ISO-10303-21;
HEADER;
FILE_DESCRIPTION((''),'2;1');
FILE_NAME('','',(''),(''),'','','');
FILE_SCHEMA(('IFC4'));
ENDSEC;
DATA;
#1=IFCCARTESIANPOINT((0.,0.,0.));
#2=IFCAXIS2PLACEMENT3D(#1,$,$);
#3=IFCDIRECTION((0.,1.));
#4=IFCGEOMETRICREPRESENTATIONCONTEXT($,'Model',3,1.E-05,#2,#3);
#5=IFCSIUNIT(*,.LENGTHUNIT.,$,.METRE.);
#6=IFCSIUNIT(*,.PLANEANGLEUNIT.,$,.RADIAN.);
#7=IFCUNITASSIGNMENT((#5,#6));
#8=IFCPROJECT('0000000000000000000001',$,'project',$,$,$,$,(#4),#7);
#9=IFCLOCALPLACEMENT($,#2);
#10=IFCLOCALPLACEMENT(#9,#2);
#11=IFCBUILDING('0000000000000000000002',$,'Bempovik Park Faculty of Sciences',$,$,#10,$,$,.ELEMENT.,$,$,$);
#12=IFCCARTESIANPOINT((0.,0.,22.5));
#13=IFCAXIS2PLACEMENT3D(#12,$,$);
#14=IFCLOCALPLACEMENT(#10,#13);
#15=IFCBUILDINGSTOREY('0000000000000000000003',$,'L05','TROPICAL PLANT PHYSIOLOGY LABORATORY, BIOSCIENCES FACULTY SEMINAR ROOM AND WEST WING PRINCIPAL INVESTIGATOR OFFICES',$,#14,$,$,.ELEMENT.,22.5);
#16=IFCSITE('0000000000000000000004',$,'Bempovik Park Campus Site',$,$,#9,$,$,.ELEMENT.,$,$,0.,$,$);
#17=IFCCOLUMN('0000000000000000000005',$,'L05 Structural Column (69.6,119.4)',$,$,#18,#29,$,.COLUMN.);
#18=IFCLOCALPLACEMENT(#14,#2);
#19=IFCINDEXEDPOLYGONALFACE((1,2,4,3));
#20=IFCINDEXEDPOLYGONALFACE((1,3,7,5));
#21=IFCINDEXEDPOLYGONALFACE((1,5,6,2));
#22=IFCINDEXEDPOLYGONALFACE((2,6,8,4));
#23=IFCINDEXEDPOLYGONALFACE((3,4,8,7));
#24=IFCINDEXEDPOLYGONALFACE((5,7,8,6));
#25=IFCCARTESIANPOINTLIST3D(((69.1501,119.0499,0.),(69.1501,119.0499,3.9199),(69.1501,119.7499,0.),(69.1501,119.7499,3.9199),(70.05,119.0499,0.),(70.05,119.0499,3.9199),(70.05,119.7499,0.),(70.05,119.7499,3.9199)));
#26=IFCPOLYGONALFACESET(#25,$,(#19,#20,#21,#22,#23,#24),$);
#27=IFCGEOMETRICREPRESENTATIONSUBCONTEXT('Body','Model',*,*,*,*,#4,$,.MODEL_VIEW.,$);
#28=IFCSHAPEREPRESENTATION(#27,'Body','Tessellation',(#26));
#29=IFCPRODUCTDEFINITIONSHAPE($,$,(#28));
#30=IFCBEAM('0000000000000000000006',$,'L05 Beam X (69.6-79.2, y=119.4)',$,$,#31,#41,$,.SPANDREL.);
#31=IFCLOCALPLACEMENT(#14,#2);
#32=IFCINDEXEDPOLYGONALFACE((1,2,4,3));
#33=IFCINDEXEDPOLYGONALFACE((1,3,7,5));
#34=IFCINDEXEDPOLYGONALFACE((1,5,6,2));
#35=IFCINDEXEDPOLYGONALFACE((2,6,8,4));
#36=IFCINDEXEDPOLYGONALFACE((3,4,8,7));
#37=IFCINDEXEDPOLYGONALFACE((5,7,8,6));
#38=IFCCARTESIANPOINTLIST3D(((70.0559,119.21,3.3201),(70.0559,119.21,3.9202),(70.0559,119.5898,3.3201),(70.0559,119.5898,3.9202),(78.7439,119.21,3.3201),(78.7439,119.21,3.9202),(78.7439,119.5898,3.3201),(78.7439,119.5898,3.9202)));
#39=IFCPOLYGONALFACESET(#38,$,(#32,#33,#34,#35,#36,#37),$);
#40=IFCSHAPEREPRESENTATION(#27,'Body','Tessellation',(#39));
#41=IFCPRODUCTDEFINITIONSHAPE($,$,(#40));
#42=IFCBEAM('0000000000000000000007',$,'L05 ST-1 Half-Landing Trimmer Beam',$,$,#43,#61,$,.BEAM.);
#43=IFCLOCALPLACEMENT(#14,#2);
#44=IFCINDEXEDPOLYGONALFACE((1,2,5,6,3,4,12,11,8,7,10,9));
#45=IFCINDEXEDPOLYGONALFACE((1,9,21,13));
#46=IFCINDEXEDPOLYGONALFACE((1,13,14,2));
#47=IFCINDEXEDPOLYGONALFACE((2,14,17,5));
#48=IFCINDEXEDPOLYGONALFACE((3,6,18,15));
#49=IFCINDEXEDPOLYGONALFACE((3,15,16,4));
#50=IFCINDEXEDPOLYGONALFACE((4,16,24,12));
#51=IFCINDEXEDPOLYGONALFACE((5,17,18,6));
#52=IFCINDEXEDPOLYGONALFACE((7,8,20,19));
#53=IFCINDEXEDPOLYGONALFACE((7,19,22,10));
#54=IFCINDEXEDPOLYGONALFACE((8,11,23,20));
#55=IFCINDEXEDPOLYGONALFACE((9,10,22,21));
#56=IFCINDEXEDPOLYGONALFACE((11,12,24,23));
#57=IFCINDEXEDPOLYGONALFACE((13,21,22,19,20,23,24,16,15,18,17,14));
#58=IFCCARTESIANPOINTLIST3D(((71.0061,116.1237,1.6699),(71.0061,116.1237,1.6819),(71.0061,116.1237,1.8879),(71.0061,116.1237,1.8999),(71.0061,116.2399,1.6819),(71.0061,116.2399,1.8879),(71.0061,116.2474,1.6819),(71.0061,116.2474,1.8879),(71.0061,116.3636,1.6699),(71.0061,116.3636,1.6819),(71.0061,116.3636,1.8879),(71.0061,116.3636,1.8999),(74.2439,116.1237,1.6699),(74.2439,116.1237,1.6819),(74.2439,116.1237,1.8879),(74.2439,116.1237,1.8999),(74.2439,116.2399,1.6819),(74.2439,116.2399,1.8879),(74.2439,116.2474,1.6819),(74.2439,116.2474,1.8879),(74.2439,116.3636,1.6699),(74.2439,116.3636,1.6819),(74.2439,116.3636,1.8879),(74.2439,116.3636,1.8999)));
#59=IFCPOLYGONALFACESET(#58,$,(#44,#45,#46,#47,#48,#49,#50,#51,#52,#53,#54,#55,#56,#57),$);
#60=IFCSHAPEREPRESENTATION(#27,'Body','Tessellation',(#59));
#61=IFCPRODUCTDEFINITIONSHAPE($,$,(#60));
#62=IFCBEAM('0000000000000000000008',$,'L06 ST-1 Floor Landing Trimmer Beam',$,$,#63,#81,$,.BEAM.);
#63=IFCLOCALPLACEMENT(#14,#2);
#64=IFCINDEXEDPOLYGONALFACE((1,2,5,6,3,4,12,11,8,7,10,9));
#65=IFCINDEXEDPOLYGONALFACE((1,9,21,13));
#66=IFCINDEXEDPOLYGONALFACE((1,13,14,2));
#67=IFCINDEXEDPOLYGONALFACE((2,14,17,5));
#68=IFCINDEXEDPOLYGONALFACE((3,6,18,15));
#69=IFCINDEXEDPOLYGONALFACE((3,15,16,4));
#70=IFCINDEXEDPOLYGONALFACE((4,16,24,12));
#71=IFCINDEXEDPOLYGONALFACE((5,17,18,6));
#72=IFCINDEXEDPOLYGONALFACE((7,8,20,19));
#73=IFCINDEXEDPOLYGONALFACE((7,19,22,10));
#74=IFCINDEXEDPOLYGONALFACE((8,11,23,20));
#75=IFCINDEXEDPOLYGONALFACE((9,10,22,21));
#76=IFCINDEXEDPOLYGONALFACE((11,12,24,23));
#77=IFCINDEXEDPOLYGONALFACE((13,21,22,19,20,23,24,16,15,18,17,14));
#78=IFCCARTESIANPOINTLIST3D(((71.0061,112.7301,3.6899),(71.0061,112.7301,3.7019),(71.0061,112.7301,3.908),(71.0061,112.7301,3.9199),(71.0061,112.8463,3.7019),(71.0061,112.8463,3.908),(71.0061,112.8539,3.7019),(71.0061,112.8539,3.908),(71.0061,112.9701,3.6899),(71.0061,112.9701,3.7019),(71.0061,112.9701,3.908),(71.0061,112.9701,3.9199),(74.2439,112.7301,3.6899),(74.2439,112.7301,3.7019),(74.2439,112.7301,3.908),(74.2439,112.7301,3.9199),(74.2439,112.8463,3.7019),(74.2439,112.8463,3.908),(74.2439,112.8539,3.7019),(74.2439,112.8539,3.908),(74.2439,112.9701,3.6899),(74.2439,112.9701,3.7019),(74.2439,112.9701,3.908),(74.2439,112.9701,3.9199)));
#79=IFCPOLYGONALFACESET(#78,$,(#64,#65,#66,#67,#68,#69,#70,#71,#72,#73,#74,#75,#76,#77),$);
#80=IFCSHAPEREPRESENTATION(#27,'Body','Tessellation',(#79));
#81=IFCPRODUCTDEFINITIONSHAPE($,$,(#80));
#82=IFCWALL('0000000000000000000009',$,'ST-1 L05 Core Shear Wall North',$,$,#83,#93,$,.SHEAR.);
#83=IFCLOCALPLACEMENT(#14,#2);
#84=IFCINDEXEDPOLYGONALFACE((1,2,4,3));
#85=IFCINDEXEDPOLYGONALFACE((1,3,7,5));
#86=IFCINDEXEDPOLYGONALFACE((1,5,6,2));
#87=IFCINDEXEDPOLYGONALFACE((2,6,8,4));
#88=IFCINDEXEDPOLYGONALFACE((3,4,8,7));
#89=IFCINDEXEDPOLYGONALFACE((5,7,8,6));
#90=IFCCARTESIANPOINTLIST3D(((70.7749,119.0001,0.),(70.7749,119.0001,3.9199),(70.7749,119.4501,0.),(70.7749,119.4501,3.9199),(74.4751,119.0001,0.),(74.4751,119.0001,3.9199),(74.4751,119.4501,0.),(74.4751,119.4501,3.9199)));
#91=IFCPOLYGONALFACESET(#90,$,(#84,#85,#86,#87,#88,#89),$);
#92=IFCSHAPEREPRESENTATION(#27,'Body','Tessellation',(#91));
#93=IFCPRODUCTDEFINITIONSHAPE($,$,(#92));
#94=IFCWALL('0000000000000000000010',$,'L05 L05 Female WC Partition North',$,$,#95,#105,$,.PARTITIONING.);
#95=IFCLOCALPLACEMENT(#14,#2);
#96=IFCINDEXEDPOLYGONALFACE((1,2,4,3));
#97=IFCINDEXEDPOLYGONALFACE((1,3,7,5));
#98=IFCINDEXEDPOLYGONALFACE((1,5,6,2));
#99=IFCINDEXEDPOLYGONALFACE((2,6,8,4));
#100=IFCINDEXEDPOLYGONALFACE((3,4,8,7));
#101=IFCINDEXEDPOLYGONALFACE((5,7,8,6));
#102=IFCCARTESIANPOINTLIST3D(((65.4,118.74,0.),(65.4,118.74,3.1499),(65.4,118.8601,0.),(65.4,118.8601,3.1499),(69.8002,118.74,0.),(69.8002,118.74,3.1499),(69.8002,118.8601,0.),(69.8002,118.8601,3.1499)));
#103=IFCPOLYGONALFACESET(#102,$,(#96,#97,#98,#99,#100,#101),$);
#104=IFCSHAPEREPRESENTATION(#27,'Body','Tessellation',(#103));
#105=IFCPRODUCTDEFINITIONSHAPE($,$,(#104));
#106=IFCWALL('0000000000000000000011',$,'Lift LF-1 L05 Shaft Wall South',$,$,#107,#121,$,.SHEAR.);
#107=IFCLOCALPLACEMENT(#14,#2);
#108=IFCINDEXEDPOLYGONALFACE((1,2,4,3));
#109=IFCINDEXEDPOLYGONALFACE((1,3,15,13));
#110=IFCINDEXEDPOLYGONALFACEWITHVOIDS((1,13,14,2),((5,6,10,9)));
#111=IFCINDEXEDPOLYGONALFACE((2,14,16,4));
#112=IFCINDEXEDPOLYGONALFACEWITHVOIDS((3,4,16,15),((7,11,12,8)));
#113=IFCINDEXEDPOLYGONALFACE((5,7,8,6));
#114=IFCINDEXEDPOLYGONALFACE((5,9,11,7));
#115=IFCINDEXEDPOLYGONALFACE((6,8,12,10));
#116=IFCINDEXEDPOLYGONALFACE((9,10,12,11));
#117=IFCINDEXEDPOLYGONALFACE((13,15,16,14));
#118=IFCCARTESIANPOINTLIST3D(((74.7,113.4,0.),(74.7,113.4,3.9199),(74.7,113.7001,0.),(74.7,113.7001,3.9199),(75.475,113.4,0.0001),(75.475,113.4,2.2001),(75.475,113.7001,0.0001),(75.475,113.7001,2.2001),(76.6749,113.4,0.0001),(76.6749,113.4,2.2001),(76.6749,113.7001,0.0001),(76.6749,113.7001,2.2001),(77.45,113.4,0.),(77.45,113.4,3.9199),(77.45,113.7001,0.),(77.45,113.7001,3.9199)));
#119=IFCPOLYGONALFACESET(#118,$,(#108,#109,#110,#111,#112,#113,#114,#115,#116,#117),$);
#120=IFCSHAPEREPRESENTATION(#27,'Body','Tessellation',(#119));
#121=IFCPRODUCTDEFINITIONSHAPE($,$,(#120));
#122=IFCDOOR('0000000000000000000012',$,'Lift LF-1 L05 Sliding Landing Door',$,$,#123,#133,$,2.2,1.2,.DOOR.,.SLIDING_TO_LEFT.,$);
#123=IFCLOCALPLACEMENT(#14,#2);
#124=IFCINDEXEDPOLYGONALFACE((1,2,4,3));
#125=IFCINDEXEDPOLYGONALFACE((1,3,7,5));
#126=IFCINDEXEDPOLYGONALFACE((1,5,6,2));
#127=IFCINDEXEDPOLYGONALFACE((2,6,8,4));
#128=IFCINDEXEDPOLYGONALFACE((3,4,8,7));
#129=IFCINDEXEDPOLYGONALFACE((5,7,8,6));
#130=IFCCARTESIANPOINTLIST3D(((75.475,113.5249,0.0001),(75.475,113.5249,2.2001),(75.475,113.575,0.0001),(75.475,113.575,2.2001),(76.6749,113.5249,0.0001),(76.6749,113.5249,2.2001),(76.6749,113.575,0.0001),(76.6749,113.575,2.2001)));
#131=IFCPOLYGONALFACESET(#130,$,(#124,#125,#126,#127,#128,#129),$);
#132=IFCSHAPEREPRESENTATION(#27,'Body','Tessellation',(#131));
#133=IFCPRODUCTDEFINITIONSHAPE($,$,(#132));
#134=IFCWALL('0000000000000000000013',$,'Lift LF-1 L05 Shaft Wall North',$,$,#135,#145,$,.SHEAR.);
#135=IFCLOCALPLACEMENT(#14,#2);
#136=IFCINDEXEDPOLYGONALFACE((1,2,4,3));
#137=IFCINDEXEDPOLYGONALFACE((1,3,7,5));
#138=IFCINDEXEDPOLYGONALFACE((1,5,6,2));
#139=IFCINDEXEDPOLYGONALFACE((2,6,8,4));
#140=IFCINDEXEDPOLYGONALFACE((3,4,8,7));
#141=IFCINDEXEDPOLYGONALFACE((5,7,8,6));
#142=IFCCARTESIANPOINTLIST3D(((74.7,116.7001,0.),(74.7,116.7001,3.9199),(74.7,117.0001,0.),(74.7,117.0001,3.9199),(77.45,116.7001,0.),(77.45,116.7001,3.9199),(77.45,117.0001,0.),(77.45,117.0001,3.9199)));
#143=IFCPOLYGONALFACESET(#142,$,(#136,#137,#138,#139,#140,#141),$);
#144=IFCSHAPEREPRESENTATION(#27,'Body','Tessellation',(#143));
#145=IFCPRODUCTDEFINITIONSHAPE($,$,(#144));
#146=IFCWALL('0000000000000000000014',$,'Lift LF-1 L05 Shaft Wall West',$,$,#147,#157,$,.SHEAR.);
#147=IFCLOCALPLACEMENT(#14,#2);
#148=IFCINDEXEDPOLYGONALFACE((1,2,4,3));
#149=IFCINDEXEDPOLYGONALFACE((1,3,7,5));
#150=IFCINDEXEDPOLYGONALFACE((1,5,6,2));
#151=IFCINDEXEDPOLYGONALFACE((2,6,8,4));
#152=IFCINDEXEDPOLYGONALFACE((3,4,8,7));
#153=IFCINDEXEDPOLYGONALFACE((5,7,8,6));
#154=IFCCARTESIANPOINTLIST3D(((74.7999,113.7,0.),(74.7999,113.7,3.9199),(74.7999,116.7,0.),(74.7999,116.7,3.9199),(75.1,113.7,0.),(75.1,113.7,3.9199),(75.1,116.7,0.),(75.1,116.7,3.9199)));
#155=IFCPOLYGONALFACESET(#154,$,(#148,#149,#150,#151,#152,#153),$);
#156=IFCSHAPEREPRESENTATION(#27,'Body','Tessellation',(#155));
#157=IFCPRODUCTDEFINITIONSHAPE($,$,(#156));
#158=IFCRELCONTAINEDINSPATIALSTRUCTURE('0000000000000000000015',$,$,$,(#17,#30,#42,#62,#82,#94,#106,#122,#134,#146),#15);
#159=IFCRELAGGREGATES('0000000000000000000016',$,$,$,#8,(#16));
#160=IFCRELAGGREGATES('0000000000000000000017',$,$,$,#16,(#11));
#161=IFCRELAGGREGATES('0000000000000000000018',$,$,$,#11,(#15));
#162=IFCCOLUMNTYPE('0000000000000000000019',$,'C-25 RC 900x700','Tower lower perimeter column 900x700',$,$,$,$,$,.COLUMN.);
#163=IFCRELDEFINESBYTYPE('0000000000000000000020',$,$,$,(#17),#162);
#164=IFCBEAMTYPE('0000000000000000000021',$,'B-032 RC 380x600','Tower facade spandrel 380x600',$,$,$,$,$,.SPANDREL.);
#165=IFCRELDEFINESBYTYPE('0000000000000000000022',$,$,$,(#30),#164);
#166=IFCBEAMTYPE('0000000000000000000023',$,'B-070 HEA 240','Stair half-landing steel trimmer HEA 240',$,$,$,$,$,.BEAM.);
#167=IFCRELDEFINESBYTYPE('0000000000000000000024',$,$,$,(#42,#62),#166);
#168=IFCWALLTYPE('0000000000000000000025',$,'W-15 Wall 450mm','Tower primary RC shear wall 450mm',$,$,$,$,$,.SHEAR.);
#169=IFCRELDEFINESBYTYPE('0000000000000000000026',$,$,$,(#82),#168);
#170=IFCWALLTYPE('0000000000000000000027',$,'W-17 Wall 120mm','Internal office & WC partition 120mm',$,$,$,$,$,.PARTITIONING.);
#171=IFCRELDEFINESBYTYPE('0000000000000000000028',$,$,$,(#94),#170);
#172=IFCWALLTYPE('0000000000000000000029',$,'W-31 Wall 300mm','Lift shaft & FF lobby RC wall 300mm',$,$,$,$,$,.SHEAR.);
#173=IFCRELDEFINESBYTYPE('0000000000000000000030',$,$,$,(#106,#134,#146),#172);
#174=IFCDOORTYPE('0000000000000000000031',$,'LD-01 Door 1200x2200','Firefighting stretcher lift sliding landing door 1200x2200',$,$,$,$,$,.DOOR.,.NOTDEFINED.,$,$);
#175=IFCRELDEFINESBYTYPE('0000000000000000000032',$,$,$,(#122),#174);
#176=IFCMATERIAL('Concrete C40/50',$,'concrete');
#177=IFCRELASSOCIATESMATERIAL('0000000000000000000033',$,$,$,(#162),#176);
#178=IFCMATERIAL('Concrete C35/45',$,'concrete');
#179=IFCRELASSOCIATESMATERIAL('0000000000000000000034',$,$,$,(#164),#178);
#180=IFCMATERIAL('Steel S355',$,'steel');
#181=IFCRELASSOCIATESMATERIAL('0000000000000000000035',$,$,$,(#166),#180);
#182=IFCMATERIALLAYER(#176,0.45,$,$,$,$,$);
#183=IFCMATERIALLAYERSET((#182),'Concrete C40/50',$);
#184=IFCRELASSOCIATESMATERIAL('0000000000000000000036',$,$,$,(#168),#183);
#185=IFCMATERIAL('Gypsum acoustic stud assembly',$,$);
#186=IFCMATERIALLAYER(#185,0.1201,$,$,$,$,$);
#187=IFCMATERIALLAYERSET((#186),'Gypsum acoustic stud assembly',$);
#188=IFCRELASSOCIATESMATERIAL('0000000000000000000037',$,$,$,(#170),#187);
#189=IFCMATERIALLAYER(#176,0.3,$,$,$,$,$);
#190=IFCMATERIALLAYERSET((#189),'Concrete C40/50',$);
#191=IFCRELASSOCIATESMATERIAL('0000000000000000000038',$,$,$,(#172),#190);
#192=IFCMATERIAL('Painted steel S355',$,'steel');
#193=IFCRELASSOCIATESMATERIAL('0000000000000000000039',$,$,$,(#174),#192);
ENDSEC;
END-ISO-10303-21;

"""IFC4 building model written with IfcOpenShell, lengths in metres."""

from ifc_helpers import new_model, si_unit, direction, frame, frame_2d, origin, origin_2d, place, context, subcontext, project, spatial, rectangle, i_section, extrude, material, layer, layer_set, material_profile, profile_set, type_object, element, fill, save


model = new_model("IFC4")

# Units and contexts
model_context = context("Model", 3, precision=1e-05, world=origin(), true_north=direction((0.0, 1.0)))
body_context = subcontext(model_context, "Body", "Model", "MODEL_VIEW")
ifc_project = project(units=[si_unit("LENGTHUNIT", "METRE"), si_unit("PLANEANGLEUNIT", "RADIAN")], contexts=[model_context])

# Site, building, storey
site_placement = place(None, origin())
site = spatial("IfcSite", under=ifc_project, at=site_placement, Name="Bempovik Park Campus Site", CompositionType="ELEMENT", RefElevation=0.0)
building_placement = place(site_placement, origin())
building = spatial("IfcBuilding", under=site, at=building_placement, Name="Bempovik Park Faculty of Sciences", CompositionType="ELEMENT")
storey_placement = place(building_placement, frame((0.0, 0.0, 22.5)))
storey = spatial("IfcBuildingStorey", under=building, at=storey_placement, Name="L05", Description="TROPICAL PLANT PHYSIOLOGY LABORATORY, BIOSCIENCES FACULTY SEMINAR ROOM AND WEST WING PRINCIPAL INVESTIGATOR OFFICES", CompositionType="ELEMENT", Elevation=22.5)

# Column
ifc_material_1 = material(Name="Concrete C40/50", Category="concrete")
ifc_material_profile_1 = material_profile(ifc_material_1, rectangle(XDim=0.8999, YDim=0.7, at=origin_2d()), Name="RC 900x700")
ifc_profile_set_1 = profile_set([ifc_material_profile_1], Name="Concrete C40/50")
column_type = type_object("IfcColumnType", Name="C-25 RC 900x700", Description="Tower lower perimeter column 900x700", PredefinedType="COLUMN", material=ifc_profile_set_1)
column_placement = place(storey_placement, frame((69.6001, 119.3999, 0.0), z_axis=(0.0, 0.0, 1.0), x_axis=(1.0, 0.0, 0.0)))
element("IfcColumn", 1, at=column_placement, inside=storey, type_object=column_type, Name="L05 Structural Column (69.6,119.4)", PredefinedType="COLUMN", context=body_context, shape_type="SweptSolid", body=[
    extrude(rectangle(XDim=0.8999, YDim=0.7, at=origin_2d()), origin(), (0.0, 0.0, 1.0), 3.9199),
])

# Beams
ifc_material_2 = material(Name="Concrete C35/45", Category="concrete")
ifc_material_profile_2 = material_profile(ifc_material_2, rectangle(XDim=0.3799, YDim=0.6001, at=origin_2d()), Name="RC 380x600")
ifc_profile_set_2 = profile_set([ifc_material_profile_2], Name="Concrete C35/45")
beam_type_1 = type_object("IfcBeamType", Name="B-032 RC 380x600", Description="Tower facade spandrel 380x600", PredefinedType="SPANDREL", material=ifc_profile_set_2)
beam_placement = place(storey_placement, frame((70.0559, 119.3999, 3.6201), z_axis=(1.0, 0.0, 0.0), x_axis=(0.0, 1.0, 0.0)))
element("IfcBeam", 2, at=beam_placement, inside=storey, type_object=beam_type_1, Name="L05 Beam X (69.6-79.2, y=119.4)", PredefinedType="SPANDREL", context=body_context, shape_type="SweptSolid", body=[
    extrude(rectangle(XDim=0.3799, YDim=0.6001, at=origin_2d()), origin(), (0.0, 0.0, 1.0), 8.688),
])
ifc_material_3 = material(Name="Steel S355", Category="steel")
ifc_material_profile_3 = material_profile(ifc_material_3, i_section(OverallWidth=0.24, OverallDepth=0.23, WebThickness=0.0076, FlangeThickness=0.012, at=origin_2d()), Name="HEA 240")
ifc_profile_set_3 = profile_set([ifc_material_profile_3], Name="Steel S355")
beam_type_2 = type_object("IfcBeamType", Name="B-070 HEA 240", Description="Stair half-landing steel trimmer HEA 240", PredefinedType="BEAM", material=ifc_profile_set_3)
for number, where, z_axis, x_axis, name in (
    (3, (71.0061, 116.2437, 1.7849), (1.0, 0.0, 0.0), (0.0, 1.0, 0.0), "L05 ST-1 Half-Landing Trimmer Beam"),
    (4, (71.0061, 112.8501, 3.8049), (1.0, 0.0, 0.0), (0.0, 1.0, 0.0), "L06 ST-1 Floor Landing Trimmer Beam"),
):
    element("IfcBeam", number, at=place(storey_placement, frame(where, z_axis=z_axis, x_axis=x_axis)), inside=storey, type_object=beam_type_2, Name=name, PredefinedType="BEAM", context=body_context, shape_type="SweptSolid", body=[
        extrude(i_section(OverallWidth=0.24, OverallDepth=0.23, WebThickness=0.0076, FlangeThickness=0.012, at=origin_2d()), origin(), (0.0, 0.0, 1.0), 3.2378),
    ])

# Walls
ifc_layer_1 = layer(ifc_material_1, 0.45)
ifc_layer_set_1 = layer_set([ifc_layer_1], Name="Concrete C40/50")
wall_type_1 = type_object("IfcWallType", Name="W-15 Wall 450mm", Description="Tower primary RC shear wall 450mm", PredefinedType="SHEAR", material=ifc_layer_set_1)
wall_1_placement = place(storey_placement, frame((70.7749, 119.2251, 0.0), z_axis=(0.0, 0.0, 1.0), x_axis=(1.0, 0.0, 0.0)))
element("IfcWall", 5, at=wall_1_placement, inside=storey, type_object=wall_type_1, Name="ST-1 L05 Core Shear Wall North", PredefinedType="SHEAR", context=body_context, shape_type="SweptSolid", body=[
    extrude(rectangle(XDim=3.7002, YDim=0.45, at=frame_2d((1.8501, 0.0))), origin(), (0.0, 0.0, 1.0), 3.9199),
])
ifc_material_4 = material(Name="Gypsum acoustic stud assembly")
ifc_layer_2 = layer(ifc_material_4, 0.1201)
ifc_layer_set_2 = layer_set([ifc_layer_2], Name="Gypsum acoustic stud assembly")
wall_type_2 = type_object("IfcWallType", Name="W-17 Wall 120mm", Description="Internal office & WC partition 120mm", PredefinedType="PARTITIONING", material=ifc_layer_set_2)
wall_2_placement = place(storey_placement, frame((65.3999, 118.8, 0.0), z_axis=(0.0, 0.0, 1.0), x_axis=(1.0, 0.0, 0.0)))
element("IfcWall", 6, at=wall_2_placement, inside=storey, type_object=wall_type_2, Name="L05 L05 Female WC Partition North", PredefinedType="PARTITIONING", context=body_context, shape_type="SweptSolid", body=[
    extrude(rectangle(XDim=4.4001, YDim=0.1201, at=frame_2d((2.2002, 0.0))), origin(), (0.0, 0.0, 1.0), 3.1499),
])

# Wall, opening, door
ifc_layer_3 = layer(ifc_material_1, 0.3)
ifc_layer_set_3 = layer_set([ifc_layer_3], Name="Concrete C40/50")
wall_type_3 = type_object("IfcWallType", Name="W-31 Wall 300mm", Description="Lift shaft & FF lobby RC wall 300mm", PredefinedType="SHEAR", material=ifc_layer_set_3)
wall_3_placement = place(storey_placement, frame((74.7, 113.55, 0.0), z_axis=(0.0, 0.0, 1.0), x_axis=(1.0, 0.0, 0.0)))
wall_3 = element("IfcWall", 7, at=wall_3_placement, inside=storey, type_object=wall_type_3, Name="Lift LF-1 L05 Shaft Wall South", PredefinedType="SHEAR", context=body_context, shape_type="SweptSolid", body=[
    extrude(rectangle(XDim=2.75, YDim=0.3, at=frame_2d((1.375, 0.0))), origin(), (0.0, 0.0, 1.0), 3.9199),
])
opening_1_placement = place(wall_3_placement, frame((0.7749, 0.0, 0.0)))
opening_1 = element("IfcOpeningElement", 8, at=opening_1_placement, cuts=wall_3, PredefinedType="OPENING", context=body_context, shape_type="SweptSolid", body=[
    extrude(rectangle(XDim=1.2, YDim=2.2, at=frame_2d((0.6001, 1.1001))), frame((0.0, 0.1602, 0.0), z_axis=(0.0, -1.0, 0.0), x_axis=(1.0, 0.0, 0.0)), (0.0, 0.0, 1.0), 0.3201),
])
ifc_material_5 = material(Name="Painted steel S355", Category="steel")
door_type = type_object("IfcDoorType", Name="LD-01 Door 1200x2200", Description="Firefighting stretcher lift sliding landing door 1200x2200", OperationType="NOTDEFINED", PredefinedType="DOOR", material=ifc_material_5)
door_placement = place(opening_1_placement, origin())
door = element("IfcDoor", 9, at=door_placement, inside=storey, type_object=door_type, Name="Lift LF-1 L05 Sliding Landing Door", OperationType="SLIDING_TO_LEFT", OverallHeight=2.2, OverallWidth=1.2, PredefinedType="DOOR", context=body_context, shape_type="SweptSolid", body=[
    extrude(rectangle(XDim=1.2, YDim=2.2, at=frame_2d((0.6001, 1.1001))), frame((0.0, 0.0249, 0.0), z_axis=(0.0, -1.0, 0.0), x_axis=(1.0, 0.0, 0.0)), (0.0, 0.0, 1.0), 0.05),
])
fill(opening_1, door)

# Walls
wall_4_placement = place(storey_placement, frame((74.7, 116.8501, 0.0), z_axis=(0.0, 0.0, 1.0), x_axis=(1.0, 0.0, 0.0)))
element("IfcWall", 10, at=wall_4_placement, inside=storey, type_object=wall_type_3, Name="Lift LF-1 L05 Shaft Wall North", PredefinedType="SHEAR", context=body_context, shape_type="SweptSolid", body=[
    extrude(rectangle(XDim=2.75, YDim=0.3, at=frame_2d((1.375, 0.0))), origin(), (0.0, 0.0, 1.0), 3.9199),
])
wall_5_placement = place(storey_placement, frame((74.95, 113.7, 0.0), z_axis=(0.0, 0.0, 1.0), x_axis=(0.0, 1.0, 0.0)))
element("IfcWall", 11, at=wall_5_placement, inside=storey, type_object=wall_type_3, Name="Lift LF-1 L05 Shaft Wall West", PredefinedType="SHEAR", context=body_context, shape_type="SweptSolid", body=[
    extrude(rectangle(XDim=3.0, YDim=0.3, at=frame_2d((1.5, 0.0))), origin(), (0.0, 0.0, 1.0), 3.9199),
])

save(model, "model.ifc")
